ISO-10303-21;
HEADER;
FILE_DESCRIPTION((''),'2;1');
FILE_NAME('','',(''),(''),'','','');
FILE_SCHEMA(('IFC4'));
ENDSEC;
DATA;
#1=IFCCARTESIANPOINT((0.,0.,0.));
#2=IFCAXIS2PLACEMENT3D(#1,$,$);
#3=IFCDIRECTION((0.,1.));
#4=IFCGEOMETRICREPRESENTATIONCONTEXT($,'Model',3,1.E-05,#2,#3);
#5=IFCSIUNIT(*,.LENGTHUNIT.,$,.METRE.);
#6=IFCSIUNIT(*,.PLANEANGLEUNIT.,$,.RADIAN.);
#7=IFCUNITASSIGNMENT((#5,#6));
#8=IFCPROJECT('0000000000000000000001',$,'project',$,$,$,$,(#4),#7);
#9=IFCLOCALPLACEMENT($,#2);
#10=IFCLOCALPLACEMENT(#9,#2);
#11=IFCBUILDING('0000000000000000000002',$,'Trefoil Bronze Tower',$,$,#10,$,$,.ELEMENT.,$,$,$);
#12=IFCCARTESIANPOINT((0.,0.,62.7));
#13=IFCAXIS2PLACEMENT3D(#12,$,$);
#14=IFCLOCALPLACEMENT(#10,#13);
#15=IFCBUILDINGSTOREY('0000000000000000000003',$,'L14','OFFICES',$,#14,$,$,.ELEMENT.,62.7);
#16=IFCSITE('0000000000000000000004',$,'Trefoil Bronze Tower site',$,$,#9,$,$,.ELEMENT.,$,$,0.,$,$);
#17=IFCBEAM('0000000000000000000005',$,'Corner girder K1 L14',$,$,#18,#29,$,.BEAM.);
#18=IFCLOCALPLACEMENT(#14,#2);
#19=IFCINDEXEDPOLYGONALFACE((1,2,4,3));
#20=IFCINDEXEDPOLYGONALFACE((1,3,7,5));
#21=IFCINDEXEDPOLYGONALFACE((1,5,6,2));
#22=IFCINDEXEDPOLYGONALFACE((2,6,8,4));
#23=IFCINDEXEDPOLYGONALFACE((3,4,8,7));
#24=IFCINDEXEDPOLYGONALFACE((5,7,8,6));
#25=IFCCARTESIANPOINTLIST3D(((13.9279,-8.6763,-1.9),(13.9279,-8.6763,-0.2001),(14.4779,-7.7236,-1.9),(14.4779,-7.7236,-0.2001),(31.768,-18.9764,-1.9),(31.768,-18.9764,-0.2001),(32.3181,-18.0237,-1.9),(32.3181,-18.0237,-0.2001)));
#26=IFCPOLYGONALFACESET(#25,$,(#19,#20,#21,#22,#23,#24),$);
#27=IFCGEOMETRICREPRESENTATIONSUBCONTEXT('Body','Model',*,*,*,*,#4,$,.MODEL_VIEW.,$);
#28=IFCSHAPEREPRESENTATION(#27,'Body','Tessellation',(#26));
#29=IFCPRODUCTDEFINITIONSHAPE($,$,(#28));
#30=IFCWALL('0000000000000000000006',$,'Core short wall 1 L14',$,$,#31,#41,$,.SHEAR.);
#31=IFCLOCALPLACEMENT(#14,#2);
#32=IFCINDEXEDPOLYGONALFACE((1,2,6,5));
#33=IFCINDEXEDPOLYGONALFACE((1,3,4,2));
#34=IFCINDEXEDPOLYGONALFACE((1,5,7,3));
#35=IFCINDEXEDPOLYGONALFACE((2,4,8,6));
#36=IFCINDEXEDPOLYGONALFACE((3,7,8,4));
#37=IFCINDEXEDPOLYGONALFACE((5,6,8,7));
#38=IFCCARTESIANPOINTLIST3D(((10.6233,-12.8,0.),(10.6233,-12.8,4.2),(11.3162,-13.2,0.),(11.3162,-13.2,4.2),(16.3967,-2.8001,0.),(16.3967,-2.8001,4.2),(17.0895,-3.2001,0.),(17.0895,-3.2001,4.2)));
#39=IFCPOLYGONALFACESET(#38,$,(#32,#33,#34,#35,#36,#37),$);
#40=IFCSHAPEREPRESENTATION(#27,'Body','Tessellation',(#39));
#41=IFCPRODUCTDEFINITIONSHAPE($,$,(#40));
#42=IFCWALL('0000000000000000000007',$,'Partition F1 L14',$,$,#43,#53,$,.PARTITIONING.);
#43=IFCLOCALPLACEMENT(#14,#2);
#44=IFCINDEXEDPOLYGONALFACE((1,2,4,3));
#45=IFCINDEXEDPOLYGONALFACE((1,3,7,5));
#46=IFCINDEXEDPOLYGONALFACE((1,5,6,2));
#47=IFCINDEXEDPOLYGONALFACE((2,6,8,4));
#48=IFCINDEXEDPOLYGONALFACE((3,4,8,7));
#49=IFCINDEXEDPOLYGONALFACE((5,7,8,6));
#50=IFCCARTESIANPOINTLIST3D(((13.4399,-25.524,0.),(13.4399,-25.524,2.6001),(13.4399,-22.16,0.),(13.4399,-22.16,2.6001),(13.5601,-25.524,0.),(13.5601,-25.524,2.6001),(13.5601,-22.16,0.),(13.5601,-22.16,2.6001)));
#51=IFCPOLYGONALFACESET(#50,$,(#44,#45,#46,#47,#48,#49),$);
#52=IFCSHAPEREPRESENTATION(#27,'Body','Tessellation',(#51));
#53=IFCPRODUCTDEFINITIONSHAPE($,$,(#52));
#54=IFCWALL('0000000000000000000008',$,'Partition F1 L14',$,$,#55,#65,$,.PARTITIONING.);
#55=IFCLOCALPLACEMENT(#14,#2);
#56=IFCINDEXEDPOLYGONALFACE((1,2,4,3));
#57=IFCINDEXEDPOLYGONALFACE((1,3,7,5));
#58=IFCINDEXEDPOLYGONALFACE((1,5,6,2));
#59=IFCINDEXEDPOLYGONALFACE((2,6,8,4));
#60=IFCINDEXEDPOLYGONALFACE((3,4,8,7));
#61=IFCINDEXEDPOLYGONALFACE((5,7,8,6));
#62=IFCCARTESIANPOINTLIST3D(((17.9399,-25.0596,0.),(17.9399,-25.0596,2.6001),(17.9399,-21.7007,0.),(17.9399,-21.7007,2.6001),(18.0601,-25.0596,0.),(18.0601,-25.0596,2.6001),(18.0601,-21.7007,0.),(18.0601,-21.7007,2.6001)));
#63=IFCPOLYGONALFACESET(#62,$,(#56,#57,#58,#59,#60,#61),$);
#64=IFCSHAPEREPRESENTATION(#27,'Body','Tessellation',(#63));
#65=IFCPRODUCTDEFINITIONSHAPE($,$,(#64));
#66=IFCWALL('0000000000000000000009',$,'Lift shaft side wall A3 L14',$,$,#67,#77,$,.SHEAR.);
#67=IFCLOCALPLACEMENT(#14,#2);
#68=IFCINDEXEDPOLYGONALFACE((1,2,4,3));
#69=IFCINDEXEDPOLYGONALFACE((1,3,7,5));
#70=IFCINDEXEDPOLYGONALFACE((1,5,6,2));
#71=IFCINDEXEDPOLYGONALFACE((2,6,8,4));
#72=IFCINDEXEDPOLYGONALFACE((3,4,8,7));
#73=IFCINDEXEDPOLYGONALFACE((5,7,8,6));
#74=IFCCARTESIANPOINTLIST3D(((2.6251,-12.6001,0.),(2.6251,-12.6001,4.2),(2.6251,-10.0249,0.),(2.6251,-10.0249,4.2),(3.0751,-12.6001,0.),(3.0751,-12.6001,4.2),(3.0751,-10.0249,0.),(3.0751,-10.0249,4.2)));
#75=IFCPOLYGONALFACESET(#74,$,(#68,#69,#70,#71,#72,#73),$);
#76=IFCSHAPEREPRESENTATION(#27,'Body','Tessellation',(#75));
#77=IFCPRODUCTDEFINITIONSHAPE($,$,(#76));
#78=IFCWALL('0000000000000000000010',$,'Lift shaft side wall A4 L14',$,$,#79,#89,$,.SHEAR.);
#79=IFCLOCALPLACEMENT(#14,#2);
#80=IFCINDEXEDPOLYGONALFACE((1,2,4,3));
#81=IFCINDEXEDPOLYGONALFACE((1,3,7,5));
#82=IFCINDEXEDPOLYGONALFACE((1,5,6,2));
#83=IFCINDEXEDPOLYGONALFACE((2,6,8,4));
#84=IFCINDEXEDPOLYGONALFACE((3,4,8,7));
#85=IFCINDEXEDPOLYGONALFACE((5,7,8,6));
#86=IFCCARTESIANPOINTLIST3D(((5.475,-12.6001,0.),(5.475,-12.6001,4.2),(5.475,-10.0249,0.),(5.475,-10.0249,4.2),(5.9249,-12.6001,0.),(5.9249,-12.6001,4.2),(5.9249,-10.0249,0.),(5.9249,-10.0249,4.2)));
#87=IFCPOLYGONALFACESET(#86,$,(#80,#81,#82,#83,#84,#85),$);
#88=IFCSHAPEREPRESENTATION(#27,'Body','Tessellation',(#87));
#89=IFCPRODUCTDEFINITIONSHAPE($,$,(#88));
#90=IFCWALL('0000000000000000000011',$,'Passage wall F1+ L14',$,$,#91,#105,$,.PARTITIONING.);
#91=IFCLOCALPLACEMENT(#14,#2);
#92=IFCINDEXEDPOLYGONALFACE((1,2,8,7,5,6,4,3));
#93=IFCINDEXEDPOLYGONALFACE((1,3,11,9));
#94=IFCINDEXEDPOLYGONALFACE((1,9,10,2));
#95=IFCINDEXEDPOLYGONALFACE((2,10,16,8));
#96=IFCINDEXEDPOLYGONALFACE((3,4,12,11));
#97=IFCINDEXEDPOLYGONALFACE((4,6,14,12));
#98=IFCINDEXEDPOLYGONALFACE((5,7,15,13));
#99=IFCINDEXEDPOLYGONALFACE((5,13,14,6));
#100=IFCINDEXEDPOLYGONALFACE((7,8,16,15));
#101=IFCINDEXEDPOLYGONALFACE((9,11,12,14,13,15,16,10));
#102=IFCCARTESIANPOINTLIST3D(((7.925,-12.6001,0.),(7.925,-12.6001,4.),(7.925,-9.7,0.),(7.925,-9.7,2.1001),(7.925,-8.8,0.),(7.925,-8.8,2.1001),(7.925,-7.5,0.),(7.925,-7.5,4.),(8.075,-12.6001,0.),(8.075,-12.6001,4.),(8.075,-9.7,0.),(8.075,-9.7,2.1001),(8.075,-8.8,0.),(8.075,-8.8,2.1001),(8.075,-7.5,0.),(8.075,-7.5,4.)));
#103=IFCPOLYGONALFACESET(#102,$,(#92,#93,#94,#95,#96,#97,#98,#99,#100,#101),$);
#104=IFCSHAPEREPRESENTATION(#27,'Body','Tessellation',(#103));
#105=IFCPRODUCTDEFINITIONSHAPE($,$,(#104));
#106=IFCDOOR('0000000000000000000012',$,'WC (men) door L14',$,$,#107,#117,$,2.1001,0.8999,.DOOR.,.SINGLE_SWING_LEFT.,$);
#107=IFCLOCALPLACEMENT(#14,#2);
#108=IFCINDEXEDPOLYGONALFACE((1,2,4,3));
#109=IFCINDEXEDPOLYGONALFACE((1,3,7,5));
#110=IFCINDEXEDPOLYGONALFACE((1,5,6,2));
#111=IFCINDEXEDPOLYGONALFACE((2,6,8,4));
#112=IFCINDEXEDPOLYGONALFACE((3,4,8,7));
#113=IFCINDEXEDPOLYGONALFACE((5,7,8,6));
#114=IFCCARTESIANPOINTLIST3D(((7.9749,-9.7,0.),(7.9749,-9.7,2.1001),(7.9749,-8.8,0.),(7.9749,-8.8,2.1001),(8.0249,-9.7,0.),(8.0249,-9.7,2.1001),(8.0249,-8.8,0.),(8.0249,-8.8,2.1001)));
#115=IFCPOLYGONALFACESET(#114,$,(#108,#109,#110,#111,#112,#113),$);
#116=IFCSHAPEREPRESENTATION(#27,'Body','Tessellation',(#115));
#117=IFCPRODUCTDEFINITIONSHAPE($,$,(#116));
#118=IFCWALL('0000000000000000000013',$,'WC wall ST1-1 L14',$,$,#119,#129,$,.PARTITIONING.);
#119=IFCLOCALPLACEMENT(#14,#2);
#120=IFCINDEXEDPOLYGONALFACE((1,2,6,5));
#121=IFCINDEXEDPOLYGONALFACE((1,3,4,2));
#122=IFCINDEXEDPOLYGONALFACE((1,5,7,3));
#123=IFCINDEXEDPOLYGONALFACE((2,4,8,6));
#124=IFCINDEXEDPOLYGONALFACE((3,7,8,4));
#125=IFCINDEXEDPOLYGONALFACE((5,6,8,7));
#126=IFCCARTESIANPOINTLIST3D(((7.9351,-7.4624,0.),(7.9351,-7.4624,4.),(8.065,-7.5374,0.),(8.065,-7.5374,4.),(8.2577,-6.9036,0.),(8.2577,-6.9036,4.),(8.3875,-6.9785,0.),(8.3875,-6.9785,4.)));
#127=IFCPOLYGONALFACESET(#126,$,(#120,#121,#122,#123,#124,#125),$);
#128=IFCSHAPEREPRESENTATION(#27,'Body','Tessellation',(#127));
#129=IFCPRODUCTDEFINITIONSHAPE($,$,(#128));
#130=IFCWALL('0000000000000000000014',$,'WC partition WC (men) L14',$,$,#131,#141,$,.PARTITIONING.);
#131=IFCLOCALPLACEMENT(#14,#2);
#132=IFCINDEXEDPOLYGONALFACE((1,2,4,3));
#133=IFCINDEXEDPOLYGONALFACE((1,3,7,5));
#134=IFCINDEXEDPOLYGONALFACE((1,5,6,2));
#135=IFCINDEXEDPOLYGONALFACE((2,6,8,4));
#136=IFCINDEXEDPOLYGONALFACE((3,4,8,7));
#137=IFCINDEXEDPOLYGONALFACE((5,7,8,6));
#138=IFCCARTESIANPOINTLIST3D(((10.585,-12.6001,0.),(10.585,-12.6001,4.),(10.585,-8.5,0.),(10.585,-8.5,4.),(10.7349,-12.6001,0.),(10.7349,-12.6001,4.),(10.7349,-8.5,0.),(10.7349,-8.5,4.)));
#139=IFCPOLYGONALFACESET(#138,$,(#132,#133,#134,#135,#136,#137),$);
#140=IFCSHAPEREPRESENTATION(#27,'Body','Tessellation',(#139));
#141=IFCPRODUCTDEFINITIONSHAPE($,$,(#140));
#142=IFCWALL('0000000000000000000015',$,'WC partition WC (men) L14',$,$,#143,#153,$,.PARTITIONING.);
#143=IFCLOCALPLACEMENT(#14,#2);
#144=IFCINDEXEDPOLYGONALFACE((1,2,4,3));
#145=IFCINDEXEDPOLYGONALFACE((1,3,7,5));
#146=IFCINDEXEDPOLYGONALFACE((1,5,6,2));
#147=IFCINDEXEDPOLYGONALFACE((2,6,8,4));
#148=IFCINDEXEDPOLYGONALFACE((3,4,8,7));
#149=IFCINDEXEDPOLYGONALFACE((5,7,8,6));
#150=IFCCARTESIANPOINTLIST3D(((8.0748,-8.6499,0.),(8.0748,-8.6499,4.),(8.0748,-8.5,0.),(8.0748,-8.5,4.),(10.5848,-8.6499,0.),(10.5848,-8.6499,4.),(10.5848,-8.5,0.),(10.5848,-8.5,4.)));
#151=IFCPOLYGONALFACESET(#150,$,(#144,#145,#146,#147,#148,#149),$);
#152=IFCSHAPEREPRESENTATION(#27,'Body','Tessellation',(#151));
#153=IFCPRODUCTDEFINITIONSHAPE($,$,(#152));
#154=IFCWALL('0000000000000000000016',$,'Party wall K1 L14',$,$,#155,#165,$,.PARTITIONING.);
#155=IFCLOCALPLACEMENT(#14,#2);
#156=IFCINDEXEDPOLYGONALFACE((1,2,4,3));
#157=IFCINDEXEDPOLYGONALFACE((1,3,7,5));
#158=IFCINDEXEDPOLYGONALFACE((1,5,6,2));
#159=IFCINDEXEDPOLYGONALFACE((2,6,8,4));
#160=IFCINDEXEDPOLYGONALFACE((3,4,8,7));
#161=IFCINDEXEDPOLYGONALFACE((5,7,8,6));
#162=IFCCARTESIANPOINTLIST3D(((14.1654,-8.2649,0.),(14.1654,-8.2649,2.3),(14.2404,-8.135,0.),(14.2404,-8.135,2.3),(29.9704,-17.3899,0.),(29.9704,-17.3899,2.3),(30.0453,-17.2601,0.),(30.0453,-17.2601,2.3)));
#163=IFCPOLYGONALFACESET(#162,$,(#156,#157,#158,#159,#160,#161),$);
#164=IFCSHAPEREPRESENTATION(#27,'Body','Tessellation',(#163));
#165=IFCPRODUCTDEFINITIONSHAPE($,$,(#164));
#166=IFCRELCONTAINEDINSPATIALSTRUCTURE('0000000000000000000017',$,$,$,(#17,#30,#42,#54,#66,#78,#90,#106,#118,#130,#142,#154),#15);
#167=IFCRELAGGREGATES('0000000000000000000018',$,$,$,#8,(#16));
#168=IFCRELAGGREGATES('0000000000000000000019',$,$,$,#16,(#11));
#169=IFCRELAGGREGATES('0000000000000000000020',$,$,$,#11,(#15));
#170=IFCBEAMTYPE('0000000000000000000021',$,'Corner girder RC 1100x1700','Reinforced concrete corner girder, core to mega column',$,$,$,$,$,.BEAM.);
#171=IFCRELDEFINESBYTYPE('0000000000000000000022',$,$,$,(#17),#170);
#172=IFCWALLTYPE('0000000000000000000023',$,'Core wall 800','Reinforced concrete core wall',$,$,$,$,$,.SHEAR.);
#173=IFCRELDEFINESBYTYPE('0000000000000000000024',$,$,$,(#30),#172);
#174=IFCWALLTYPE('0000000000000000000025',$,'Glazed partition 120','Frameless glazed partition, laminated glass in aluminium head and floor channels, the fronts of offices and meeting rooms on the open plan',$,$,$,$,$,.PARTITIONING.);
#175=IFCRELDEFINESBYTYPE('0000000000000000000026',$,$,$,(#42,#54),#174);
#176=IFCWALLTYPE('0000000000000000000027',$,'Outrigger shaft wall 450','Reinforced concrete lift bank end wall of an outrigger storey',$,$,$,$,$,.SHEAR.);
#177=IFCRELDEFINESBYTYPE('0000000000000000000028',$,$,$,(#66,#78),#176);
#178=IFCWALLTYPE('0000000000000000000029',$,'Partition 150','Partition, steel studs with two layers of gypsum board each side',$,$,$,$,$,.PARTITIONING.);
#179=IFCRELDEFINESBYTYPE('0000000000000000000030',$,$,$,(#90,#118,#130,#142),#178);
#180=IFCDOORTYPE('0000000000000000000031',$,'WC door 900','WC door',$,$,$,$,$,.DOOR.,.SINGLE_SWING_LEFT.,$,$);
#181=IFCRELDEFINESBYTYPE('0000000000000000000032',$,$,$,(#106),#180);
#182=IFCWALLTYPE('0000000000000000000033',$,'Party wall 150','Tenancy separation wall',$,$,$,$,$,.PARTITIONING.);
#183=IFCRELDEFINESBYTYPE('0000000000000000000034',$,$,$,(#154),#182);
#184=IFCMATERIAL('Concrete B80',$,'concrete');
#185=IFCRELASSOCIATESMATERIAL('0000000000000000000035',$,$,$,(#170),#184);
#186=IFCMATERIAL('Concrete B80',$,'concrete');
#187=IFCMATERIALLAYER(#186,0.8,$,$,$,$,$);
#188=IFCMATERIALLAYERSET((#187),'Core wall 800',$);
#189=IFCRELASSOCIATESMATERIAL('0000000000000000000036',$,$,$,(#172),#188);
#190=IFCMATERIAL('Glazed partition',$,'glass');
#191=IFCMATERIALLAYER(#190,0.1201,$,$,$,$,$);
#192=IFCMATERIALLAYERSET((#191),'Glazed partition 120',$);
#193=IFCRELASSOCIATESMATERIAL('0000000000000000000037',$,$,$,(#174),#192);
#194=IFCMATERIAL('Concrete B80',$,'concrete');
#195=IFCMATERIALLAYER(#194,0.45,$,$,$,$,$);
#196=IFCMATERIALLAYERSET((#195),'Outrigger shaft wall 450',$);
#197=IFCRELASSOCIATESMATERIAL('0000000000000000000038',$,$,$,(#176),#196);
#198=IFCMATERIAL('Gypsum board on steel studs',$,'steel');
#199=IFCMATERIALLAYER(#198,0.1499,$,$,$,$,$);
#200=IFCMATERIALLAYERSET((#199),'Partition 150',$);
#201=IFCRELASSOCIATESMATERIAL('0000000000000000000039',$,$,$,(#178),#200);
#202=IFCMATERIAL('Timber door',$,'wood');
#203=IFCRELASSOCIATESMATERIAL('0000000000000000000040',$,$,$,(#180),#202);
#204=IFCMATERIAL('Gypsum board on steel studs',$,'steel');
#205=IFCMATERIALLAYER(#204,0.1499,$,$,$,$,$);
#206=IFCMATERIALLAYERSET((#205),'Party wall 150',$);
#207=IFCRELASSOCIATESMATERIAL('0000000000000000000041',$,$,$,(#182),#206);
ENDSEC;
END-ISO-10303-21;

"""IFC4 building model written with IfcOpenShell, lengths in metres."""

from ifc_helpers import new_model, si_unit, direction, frame, frame_2d, origin, origin_2d, place, context, subcontext, project, spatial, rectangle, extrude, material, layer, layer_set, material_profile, profile_set, type_object, element, fill, save


model = new_model("IFC4")

# Units and contexts
model_context = context("Model", 3, precision=1e-05, world=origin(), true_north=direction((0.0, 1.0)))
body_context = subcontext(model_context, "Body", "Model", "MODEL_VIEW")
ifc_project = project(units=[si_unit("LENGTHUNIT", "METRE"), si_unit("PLANEANGLEUNIT", "RADIAN")], contexts=[model_context])

# Site, building, storey
site_placement = place(None, origin())
site = spatial("IfcSite", under=ifc_project, at=site_placement, Name="Trefoil Bronze Tower site", CompositionType="ELEMENT", RefElevation=0.0)
building_placement = place(site_placement, origin())
building = spatial("IfcBuilding", under=site, at=building_placement, Name="Trefoil Bronze Tower", CompositionType="ELEMENT")
storey_placement = place(building_placement, frame((0.0, 0.0, 62.7)))
storey = spatial("IfcBuildingStorey", under=building, at=storey_placement, Name="L14", Description="OFFICES", CompositionType="ELEMENT", Elevation=62.7)

# Beam
ifc_material_1 = material(Name="Concrete B80", Category="concrete")
ifc_material_profile_1 = material_profile(ifc_material_1, rectangle(XDim=1.1001, YDim=1.7, at=origin_2d()), Name="RC 1100x1700")
ifc_profile_set_1 = profile_set([ifc_material_profile_1], Name="Concrete B80")
beam_type_1 = type_object("IfcBeamType", Name="Corner girder RC 1100x1700", Description="Reinforced concrete corner girder, core to mega column", PredefinedType="BEAM", material=ifc_profile_set_1)
beam_placement = place(storey_placement, frame((14.2029, -8.2, -1.05), z_axis=(0.866024, -0.500003, 0.0), x_axis=(0.500003, 0.866024, 0.0)))
element("IfcBeam", 1, at=beam_placement, inside=storey, type_object=beam_type_1, Name="Corner girder K1 L14", PredefinedType="BEAM", context=body_context, shape_type="SweptSolid", body=[
    extrude(rectangle(XDim=1.1001, YDim=1.7, at=origin_2d()), origin(), (0.0, 0.0, 1.0), 20.6001),
])

# Walls
ifc_material_2 = material(Name="Concrete B80", Category="concrete")
ifc_layer_1 = layer(ifc_material_2, 0.8)
ifc_layer_set_1 = layer_set([ifc_layer_1], Name="Core wall 800")
wall_type_1 = type_object("IfcWallType", Name="Core wall 800", Description="Reinforced concrete core wall", PredefinedType="SHEAR", material=ifc_layer_set_1)
wall_1_placement = place(storey_placement, frame((10.9697, -13.0, 0.0), z_axis=(0.0, 0.0, 1.0), x_axis=(0.499996, 0.866028, 0.0)))
element("IfcWall", 2, at=wall_1_placement, inside=storey, type_object=wall_type_1, Name="Core short wall 1 L14", PredefinedType="SHEAR", context=body_context, shape_type="SweptSolid", body=[
    extrude(rectangle(XDim=11.5469, YDim=0.8, at=frame_2d((5.7734, 0.0))), origin(), (0.0, 0.0, 1.0), 4.2),
])
ifc_material_3 = material(Name="Glazed partition", Category="glass")
ifc_layer_2 = layer(ifc_material_3, 0.1201)
ifc_layer_set_2 = layer_set([ifc_layer_2], Name="Glazed partition 120")
wall_type_2 = type_object("IfcWallType", Name="Glazed partition 120", Description="Frameless glazed partition, laminated glass in aluminium head and floor channels, the fronts of offices and meeting rooms on the open plan", PredefinedType="PARTITIONING", material=ifc_layer_set_2)
wall_2_placement = place(storey_placement, frame((13.5, -22.1599, 0.0), z_axis=(0.0, 0.0, 1.0), x_axis=(0.0, -1.0, 0.0)))
element("IfcWall", 3, at=wall_2_placement, inside=storey, type_object=wall_type_2, Name="Partition F1 L14", PredefinedType="PARTITIONING", context=body_context, shape_type="SweptSolid", body=[
    extrude(rectangle(XDim=3.364, YDim=0.1201, at=frame_2d((1.6821, 0.0))), origin(), (0.0, 0.0, 1.0), 2.6001),
])
wall_3_placement = place(storey_placement, frame((18.0, -21.7007, 0.0), z_axis=(0.0, 0.0, 1.0), x_axis=(0.0, -1.0, 0.0)))
element("IfcWall", 4, at=wall_3_placement, inside=storey, type_object=wall_type_2, Name="Partition F1 L14", PredefinedType="PARTITIONING", context=body_context, shape_type="SweptSolid", body=[
    extrude(rectangle(XDim=3.3589, YDim=0.1201, at=frame_2d((1.6794, 0.0))), origin(), (0.0, 0.0, 1.0), 2.6001),
])
ifc_material_4 = material(Name="Concrete B80", Category="concrete")
ifc_layer_3 = layer(ifc_material_4, 0.45)
ifc_layer_set_3 = layer_set([ifc_layer_3], Name="Outrigger shaft wall 450")
wall_type_3 = type_object("IfcWallType", Name="Outrigger shaft wall 450", Description="Reinforced concrete lift bank end wall of an outrigger storey", PredefinedType="SHEAR", material=ifc_layer_set_3)
for number, where, z_axis, x_axis, name in (
    (5, (2.8501, -10.0249, 0.0), (0.0, 0.0, 1.0), (0.0, -1.0, 0.0), "Lift shaft side wall A3 L14"),
    (6, (5.7, -10.0249, 0.0), (0.0, 0.0, 1.0), (0.0, -1.0, 0.0), "Lift shaft side wall A4 L14"),
):
    element("IfcWall", number, at=place(storey_placement, frame(where, z_axis=z_axis, x_axis=x_axis)), inside=storey, type_object=wall_type_3, Name=name, PredefinedType="SHEAR", context=body_context, shape_type="SweptSolid", body=[
        extrude(rectangle(XDim=2.5752, YDim=0.45, at=frame_2d((1.2876, 0.0))), origin(), (0.0, 0.0, 1.0), 4.2),
    ])

# Wall, opening, door
ifc_material_5 = material(Name="Gypsum board on steel studs", Category="steel")
ifc_layer_4 = layer(ifc_material_5, 0.1499)
ifc_layer_set_4 = layer_set([ifc_layer_4], Name="Partition 150")
wall_type_4 = type_object("IfcWallType", Name="Partition 150", Description="Partition, steel studs with two layers of gypsum board each side", PredefinedType="PARTITIONING", material=ifc_layer_set_4)
wall_4_placement = place(storey_placement, frame((8.0, -7.5, 0.0), z_axis=(0.0, 0.0, 1.0), x_axis=(0.0, -1.0, 0.0)))
wall_4 = element("IfcWall", 7, at=wall_4_placement, inside=storey, type_object=wall_type_4, Name="Passage wall F1+ L14", PredefinedType="PARTITIONING", context=body_context, shape_type="SweptSolid", body=[
    extrude(rectangle(XDim=5.1001, YDim=0.1499, at=frame_2d((2.55, 0.0))), origin(), (0.0, 0.0, 1.0), 4.0),
])
opening_1_placement = place(wall_4_placement, frame((1.3, 0.0, 0.0)))
opening_1 = element("IfcOpeningElement", 8, at=opening_1_placement, cuts=wall_4, PredefinedType="OPENING", context=body_context, shape_type="SweptSolid", body=[
    extrude(rectangle(XDim=0.8999, YDim=2.1001, at=frame_2d((0.45, 1.05))), frame((0.0, 0.085, 0.0), z_axis=(0.0, -1.0, 0.0), x_axis=(1.0, 0.0, 0.0)), (0.0, 0.0, 1.0), 0.1699),
])
ifc_material_6 = material(Name="Timber door", Category="wood")
door_type_1 = type_object("IfcDoorType", Name="WC door 900", Description="WC door", OperationType="SINGLE_SWING_LEFT", PredefinedType="DOOR", material=ifc_material_6)
door_1_placement = place(opening_1_placement, origin())
door_1 = element("IfcDoor", 9, at=door_1_placement, inside=storey, type_object=door_type_1, Name="WC (men) door L14", OperationType="SINGLE_SWING_LEFT", OverallHeight=2.1001, OverallWidth=0.8999, PredefinedType="DOOR", context=body_context, shape_type="SweptSolid", body=[
    extrude(rectangle(XDim=0.8999, YDim=2.1001, at=frame_2d((0.45, 1.05))), frame((0.0, 0.0249, 0.0), z_axis=(0.0, -1.0, 0.0), x_axis=(1.0, 0.0, 0.0)), (0.0, 0.0, 1.0), 0.05),
])
fill(opening_1, door_1)

# Walls
wall_5_placement = place(storey_placement, frame((8.0, -7.5, 0.0), z_axis=(0.0, 0.0, 1.0), x_axis=(0.499843, 0.866116, 0.0)))
element("IfcWall", 10, at=wall_5_placement, inside=storey, type_object=wall_type_4, Name="WC wall ST1-1 L14", PredefinedType="PARTITIONING", context=body_context, shape_type="SweptSolid", body=[
    extrude(rectangle(XDim=0.6453, YDim=0.1499, at=frame_2d((0.3228, 0.0))), origin(), (0.0, 0.0, 1.0), 4.0),
])
wall_6_placement = place(storey_placement, frame((10.6599, -8.5, 0.0), z_axis=(0.0, 0.0, 1.0), x_axis=(0.0, -1.0, 0.0)))
element("IfcWall", 11, at=wall_6_placement, inside=storey, type_object=wall_type_4, Name="WC partition WC (men) L14", PredefinedType="PARTITIONING", context=body_context, shape_type="SweptSolid", body=[
    extrude(rectangle(XDim=4.1001, YDim=0.1499, at=frame_2d((2.05, 0.0))), origin(), (0.0, 0.0, 1.0), 4.0),
])
wall_7_placement = place(storey_placement, frame((8.075, -8.575, 0.0), z_axis=(0.0, 0.0, 1.0), x_axis=(1.0, 0.0, 0.0)))
element("IfcWall", 12, at=wall_7_placement, inside=storey, type_object=wall_type_4, Name="WC partition WC (men) L14", PredefinedType="PARTITIONING", context=body_context, shape_type="SweptSolid", body=[
    extrude(rectangle(XDim=2.51, YDim=0.1499, at=frame_2d((1.2549, 0.0))), origin(), (0.0, 0.0, 1.0), 4.0),
])
ifc_material_7 = material(Name="Gypsum board on steel studs", Category="steel")
ifc_layer_5 = layer(ifc_material_7, 0.1499)
ifc_layer_set_5 = layer_set([ifc_layer_5], Name="Party wall 150")
wall_type_5 = type_object("IfcWallType", Name="Party wall 150", Description="Tenancy separation wall", PredefinedType="PARTITIONING", material=ifc_layer_set_5)
wall_8_placement = place(storey_placement, frame((14.2029, -8.2, 0.0), z_axis=(0.0, 0.0, 1.0), x_axis=(0.866025, -0.500001, 0.0)))
element("IfcWall", 13, at=wall_8_placement, inside=storey, type_object=wall_type_5, Name="Party wall K1 L14", PredefinedType="PARTITIONING", context=body_context, shape_type="SweptSolid", body=[
    extrude(rectangle(XDim=18.25, YDim=0.1499, at=frame_2d((9.125, 0.0))), origin(), (0.0, 0.0, 1.0), 2.3),
])

save(model, "model.ifc")
